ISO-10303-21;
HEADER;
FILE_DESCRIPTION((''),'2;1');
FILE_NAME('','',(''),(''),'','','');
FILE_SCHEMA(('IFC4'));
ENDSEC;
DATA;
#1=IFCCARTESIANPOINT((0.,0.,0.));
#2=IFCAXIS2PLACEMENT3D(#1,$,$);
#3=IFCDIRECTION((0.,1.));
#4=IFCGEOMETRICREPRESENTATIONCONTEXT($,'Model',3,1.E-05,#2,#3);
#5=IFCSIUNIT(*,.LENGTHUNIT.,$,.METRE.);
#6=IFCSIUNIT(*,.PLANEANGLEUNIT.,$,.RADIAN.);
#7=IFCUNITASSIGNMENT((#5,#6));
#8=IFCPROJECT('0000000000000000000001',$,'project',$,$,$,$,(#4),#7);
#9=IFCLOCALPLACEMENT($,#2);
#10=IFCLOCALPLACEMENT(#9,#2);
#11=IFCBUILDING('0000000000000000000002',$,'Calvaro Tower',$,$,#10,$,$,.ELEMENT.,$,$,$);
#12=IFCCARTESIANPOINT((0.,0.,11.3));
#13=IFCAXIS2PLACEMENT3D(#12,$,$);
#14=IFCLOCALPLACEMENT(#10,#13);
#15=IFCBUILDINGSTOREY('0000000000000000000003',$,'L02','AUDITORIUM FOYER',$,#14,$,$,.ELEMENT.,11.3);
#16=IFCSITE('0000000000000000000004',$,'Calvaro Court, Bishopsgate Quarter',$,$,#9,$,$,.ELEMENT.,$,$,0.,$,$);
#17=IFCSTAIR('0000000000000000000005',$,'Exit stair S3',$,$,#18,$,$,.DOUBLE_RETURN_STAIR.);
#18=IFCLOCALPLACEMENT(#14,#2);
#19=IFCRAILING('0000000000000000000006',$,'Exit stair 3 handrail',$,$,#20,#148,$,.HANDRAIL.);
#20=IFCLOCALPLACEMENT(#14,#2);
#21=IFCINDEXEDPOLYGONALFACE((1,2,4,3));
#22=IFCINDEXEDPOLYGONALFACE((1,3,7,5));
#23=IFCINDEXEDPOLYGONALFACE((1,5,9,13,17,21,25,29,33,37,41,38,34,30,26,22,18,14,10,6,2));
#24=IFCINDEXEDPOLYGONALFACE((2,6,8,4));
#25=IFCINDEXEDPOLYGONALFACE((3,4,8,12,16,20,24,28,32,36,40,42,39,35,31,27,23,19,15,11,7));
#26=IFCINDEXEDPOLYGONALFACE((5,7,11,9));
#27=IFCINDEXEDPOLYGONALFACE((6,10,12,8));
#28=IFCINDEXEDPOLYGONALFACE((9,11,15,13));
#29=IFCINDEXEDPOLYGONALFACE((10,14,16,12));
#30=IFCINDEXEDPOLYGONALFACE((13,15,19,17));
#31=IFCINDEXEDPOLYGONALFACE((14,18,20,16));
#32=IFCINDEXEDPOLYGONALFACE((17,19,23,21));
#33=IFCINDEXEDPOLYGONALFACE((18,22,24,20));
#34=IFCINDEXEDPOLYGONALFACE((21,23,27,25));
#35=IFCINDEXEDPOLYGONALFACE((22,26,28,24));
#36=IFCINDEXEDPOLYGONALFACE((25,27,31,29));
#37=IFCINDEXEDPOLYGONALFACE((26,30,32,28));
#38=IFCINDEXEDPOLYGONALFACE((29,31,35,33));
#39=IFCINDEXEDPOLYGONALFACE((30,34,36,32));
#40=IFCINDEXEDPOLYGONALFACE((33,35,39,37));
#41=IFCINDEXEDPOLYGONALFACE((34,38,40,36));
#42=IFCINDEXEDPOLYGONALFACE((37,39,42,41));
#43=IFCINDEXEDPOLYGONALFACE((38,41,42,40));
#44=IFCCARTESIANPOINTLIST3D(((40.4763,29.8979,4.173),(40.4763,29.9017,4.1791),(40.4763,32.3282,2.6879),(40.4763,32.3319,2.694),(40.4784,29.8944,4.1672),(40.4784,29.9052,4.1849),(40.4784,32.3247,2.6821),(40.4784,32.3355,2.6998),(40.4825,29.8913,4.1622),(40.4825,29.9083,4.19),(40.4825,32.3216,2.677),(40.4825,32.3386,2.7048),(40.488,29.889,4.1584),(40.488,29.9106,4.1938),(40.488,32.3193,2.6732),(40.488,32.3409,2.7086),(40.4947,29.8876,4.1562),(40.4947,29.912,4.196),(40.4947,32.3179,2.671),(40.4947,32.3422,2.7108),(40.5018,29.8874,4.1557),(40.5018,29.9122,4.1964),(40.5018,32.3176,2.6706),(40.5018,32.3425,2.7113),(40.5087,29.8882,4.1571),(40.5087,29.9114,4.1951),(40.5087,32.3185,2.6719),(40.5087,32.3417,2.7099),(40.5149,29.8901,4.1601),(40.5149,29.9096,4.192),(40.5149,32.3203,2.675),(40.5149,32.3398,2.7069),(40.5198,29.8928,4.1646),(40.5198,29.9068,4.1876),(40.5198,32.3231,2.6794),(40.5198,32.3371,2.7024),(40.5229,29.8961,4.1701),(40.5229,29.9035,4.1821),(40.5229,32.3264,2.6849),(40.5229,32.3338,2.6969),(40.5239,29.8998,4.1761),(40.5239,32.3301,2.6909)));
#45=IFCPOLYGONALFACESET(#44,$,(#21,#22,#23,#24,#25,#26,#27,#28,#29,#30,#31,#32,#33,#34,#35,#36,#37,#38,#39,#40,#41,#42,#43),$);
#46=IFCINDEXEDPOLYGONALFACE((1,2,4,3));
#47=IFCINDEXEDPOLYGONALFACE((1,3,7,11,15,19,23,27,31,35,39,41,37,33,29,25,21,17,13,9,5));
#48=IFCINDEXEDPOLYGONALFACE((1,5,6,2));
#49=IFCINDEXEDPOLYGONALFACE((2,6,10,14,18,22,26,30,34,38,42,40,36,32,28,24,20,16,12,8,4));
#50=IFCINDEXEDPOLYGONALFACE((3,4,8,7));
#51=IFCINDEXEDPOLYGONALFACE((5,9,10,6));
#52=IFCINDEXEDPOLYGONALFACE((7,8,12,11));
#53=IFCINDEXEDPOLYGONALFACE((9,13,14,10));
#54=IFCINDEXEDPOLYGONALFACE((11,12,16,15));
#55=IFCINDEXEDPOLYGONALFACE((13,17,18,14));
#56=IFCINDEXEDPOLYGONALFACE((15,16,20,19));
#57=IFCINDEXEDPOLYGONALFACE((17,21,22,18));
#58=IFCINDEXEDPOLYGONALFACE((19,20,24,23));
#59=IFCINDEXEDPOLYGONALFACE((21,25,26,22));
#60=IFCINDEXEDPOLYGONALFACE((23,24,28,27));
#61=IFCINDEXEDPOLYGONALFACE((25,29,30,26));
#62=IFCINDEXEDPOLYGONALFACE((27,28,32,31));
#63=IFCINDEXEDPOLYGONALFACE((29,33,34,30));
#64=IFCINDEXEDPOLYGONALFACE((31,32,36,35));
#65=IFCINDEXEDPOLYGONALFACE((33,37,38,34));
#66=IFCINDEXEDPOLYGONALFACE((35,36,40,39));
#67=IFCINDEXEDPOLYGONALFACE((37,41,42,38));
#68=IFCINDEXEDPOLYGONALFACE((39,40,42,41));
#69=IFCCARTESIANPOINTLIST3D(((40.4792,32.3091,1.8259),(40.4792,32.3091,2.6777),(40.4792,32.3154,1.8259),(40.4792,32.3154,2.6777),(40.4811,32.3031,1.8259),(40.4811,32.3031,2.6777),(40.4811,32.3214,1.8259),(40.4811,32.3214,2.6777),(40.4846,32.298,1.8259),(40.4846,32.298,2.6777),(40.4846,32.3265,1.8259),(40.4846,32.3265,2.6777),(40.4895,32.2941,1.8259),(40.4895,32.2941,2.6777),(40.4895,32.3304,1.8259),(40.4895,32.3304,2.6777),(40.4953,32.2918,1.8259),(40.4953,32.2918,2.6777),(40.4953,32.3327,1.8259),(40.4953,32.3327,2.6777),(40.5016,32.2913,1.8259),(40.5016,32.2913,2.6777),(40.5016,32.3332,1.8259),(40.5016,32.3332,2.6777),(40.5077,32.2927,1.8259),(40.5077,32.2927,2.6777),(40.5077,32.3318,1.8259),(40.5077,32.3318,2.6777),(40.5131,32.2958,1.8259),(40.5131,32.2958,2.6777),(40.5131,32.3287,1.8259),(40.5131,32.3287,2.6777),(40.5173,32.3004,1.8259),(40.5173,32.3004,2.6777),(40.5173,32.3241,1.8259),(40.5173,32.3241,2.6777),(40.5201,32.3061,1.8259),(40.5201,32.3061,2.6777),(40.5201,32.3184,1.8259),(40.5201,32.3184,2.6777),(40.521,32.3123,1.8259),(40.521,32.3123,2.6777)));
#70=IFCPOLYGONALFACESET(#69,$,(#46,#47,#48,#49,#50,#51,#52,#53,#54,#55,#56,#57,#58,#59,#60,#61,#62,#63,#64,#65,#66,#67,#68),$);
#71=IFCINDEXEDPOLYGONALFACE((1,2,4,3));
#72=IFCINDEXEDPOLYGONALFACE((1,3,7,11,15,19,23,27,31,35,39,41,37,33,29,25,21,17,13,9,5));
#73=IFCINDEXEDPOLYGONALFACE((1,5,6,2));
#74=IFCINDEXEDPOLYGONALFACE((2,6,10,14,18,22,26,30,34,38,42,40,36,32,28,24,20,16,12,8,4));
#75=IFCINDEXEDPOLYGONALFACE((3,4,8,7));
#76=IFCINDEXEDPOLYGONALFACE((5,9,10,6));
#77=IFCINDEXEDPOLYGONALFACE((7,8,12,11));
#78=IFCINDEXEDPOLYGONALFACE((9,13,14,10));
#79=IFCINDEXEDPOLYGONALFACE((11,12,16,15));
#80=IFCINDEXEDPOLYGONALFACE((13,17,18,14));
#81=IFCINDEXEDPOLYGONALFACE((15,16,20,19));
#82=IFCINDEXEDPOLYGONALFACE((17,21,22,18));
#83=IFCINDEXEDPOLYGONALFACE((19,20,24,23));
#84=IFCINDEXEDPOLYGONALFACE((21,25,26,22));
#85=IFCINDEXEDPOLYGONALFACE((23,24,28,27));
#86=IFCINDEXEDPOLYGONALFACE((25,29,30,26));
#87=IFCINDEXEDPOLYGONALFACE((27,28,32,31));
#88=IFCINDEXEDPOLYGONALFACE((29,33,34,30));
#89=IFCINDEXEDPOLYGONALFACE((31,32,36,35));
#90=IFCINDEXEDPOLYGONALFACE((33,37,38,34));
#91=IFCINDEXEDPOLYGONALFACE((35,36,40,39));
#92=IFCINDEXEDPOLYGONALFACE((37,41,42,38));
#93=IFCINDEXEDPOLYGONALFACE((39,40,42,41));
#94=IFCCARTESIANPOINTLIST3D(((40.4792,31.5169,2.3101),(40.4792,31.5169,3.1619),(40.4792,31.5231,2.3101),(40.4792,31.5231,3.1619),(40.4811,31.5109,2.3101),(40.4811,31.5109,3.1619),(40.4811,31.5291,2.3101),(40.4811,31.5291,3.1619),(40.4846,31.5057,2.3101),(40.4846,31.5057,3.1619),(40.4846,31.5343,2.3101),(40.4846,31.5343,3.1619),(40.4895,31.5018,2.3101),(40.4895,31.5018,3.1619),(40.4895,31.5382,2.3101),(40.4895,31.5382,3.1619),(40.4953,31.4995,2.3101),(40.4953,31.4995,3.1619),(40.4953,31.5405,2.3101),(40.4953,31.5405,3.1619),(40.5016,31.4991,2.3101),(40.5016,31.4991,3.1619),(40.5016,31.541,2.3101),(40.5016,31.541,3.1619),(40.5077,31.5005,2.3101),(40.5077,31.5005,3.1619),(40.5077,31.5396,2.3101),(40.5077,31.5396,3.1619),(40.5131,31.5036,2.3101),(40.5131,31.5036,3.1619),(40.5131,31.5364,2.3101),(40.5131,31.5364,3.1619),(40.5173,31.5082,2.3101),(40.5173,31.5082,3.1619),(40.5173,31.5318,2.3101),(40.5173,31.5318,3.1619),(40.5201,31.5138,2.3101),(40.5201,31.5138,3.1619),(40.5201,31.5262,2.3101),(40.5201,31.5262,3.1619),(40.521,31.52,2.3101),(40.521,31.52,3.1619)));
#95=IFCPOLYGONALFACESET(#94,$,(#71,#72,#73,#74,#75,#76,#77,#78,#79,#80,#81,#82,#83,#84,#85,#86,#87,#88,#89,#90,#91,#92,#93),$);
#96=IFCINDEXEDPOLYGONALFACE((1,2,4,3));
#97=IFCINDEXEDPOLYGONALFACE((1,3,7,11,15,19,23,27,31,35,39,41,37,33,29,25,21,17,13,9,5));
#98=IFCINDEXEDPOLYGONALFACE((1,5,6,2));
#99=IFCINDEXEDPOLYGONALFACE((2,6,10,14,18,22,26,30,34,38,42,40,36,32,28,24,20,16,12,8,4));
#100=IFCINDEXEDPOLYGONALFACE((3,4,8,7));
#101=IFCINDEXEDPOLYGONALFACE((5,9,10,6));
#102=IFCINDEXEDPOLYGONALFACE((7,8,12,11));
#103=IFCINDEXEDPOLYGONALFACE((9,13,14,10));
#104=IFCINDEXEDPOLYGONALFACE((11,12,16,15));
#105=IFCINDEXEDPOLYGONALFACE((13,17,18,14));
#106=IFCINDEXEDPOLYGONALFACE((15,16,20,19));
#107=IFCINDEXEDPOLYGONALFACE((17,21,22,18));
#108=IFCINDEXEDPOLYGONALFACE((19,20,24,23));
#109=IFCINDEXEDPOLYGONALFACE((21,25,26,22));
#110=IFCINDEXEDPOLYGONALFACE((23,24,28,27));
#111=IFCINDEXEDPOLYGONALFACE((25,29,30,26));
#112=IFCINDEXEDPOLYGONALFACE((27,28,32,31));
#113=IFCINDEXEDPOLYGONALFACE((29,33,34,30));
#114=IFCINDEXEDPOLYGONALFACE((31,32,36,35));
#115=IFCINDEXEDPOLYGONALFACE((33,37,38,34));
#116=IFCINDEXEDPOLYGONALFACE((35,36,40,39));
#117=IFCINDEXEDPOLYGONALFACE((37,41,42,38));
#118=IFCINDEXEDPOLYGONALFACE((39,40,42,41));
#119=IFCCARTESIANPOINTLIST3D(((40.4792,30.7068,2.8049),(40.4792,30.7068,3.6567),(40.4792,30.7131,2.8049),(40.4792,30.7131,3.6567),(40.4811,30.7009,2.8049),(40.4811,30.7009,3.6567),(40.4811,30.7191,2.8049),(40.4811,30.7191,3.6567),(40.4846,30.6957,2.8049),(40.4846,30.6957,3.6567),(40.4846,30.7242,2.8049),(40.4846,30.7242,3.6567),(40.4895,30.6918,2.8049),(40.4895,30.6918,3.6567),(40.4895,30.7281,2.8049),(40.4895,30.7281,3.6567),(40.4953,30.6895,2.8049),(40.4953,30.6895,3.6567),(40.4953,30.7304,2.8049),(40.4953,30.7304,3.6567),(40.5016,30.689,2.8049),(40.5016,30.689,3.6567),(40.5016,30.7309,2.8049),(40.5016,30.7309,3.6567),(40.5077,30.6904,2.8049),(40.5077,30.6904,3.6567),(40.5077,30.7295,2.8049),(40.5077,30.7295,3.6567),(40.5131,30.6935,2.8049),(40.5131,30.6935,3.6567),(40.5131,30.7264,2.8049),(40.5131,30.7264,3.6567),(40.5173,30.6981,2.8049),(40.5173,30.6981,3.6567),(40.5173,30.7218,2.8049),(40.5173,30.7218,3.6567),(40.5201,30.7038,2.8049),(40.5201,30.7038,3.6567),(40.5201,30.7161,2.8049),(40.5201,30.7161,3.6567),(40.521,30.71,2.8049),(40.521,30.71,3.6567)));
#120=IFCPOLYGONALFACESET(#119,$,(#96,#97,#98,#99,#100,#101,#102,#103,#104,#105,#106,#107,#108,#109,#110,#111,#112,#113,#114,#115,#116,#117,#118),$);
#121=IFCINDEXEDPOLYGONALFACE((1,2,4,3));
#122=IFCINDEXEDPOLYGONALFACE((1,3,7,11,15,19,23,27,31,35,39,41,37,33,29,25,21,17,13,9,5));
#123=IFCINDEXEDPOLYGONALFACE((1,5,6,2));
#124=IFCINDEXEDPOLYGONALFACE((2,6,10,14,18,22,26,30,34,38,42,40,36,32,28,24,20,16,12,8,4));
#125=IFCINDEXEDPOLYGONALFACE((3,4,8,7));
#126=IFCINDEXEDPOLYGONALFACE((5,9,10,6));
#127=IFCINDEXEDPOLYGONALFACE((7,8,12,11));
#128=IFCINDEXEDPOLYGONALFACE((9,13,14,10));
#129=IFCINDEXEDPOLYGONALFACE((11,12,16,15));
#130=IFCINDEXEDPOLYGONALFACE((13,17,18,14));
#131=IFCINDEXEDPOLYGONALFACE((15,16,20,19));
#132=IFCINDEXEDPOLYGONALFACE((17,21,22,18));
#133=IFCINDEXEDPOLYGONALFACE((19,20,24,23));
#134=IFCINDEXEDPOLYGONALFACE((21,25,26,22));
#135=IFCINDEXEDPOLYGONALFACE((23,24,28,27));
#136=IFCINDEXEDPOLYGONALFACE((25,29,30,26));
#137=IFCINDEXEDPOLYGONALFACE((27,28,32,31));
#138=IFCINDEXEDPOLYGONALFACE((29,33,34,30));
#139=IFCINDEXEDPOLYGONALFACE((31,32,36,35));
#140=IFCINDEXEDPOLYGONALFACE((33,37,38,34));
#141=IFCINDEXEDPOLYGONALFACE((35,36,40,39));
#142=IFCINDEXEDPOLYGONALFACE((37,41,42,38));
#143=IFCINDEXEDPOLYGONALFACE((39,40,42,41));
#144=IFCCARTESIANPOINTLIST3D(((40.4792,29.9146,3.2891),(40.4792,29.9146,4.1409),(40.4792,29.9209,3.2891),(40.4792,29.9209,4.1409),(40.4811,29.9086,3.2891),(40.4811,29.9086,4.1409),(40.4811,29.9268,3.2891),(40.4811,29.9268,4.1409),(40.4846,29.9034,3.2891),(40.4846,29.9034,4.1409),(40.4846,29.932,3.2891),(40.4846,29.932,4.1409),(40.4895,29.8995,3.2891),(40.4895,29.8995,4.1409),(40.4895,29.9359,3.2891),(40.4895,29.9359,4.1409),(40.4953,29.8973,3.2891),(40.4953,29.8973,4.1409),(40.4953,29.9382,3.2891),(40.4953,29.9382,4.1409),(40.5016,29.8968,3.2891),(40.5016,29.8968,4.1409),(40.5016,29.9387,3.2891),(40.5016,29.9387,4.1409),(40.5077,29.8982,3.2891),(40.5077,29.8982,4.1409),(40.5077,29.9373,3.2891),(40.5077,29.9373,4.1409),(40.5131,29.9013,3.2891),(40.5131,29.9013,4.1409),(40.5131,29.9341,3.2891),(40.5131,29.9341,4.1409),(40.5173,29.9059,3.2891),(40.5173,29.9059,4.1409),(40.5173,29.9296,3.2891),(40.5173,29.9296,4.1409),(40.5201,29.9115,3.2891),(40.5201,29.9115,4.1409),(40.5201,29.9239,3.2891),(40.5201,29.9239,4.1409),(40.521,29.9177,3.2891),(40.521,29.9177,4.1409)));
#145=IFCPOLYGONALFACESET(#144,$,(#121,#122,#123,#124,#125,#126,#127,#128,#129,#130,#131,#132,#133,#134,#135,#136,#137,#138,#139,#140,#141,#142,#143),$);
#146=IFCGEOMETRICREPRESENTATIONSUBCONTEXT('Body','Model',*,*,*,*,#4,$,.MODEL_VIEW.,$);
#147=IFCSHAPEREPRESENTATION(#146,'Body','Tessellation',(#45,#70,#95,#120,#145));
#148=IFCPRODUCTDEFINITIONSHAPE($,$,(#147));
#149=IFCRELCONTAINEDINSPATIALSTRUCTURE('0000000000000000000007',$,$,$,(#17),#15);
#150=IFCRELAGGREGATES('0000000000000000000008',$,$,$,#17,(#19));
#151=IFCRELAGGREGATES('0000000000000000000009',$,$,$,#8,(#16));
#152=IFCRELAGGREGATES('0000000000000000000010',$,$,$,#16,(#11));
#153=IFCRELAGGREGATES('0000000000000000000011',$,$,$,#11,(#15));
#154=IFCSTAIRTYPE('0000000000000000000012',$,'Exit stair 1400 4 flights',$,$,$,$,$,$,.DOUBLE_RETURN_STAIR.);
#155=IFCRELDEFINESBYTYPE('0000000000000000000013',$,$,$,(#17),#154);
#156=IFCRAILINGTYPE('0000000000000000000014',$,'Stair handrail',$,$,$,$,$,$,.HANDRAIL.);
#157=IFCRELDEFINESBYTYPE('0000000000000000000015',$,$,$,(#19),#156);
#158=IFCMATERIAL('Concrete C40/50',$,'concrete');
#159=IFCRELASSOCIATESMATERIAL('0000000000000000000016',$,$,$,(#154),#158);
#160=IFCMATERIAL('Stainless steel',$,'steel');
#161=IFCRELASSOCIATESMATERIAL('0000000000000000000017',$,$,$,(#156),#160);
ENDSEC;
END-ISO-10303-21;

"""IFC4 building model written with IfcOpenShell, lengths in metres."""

from ifc_helpers import new_model, si_unit, direction, frame, origin, origin_2d, place, context, subcontext, project, spatial, circle, extrude, material, type_object, element, aggregate, save


model = new_model("IFC4")

# Units and contexts
model_context = context("Model", 3, precision=1e-05, world=origin(), true_north=direction((0.0, 1.0)))
body_context = subcontext(model_context, "Body", "Model", "MODEL_VIEW")
ifc_project = project(units=[si_unit("LENGTHUNIT", "METRE"), si_unit("PLANEANGLEUNIT", "RADIAN")], contexts=[model_context])

# Site, building, storey
site_placement = place(None, origin())
site = spatial("IfcSite", under=ifc_project, at=site_placement, Name="Calvaro Court, Bishopsgate Quarter", CompositionType="ELEMENT", RefElevation=0.0)
building_placement = place(site_placement, origin())
building = spatial("IfcBuilding", under=site, at=building_placement, Name="Calvaro Tower", CompositionType="ELEMENT")
storey_placement = place(building_placement, frame((0.0, 0.0, 11.3)))
storey = spatial("IfcBuildingStorey", under=building, at=storey_placement, Name="L02", Description="AUDITORIUM FOYER", CompositionType="ELEMENT", Elevation=11.3)

# Stair, railing
ifc_material_1 = material(Name="Concrete C40/50", Category="concrete")
stair_type = type_object("IfcStairType", Name="Exit stair 1400 4 flights", PredefinedType="DOUBLE_RETURN_STAIR", material=ifc_material_1)
stair_placement = place(storey_placement, origin())
stair = element("IfcStair", 1, at=stair_placement, inside=storey, type_object=stair_type, Name="Exit stair S3", PredefinedType="DOUBLE_RETURN_STAIR")
ifc_material_2 = material(Name="Stainless steel", Category="steel")
railing_type = type_object("IfcRailingType", Name="Stair handrail", PredefinedType="HANDRAIL", material=ifc_material_2)
railing_1_placement = place(storey_placement, frame((40.5, 32.3301, 1.8149)))
railing_1 = element("IfcRailing", 2, at=railing_1_placement, type_object=railing_type, Name="Exit stair 3 handrail", PredefinedType="HANDRAIL", context=body_context, shape_type="SweptSolid", body=[
    extrude(circle(Radius=0.0239, at=origin_2d()), frame((0.0, 0.0, 0.876), z_axis=(0.0, -0.853282, 0.52145), x_axis=(1.0, 0.0, 0.0)), (0.0, 0.0, 1.0), 2.8481),
    extrude(circle(Radius=0.021, at=origin_2d()), frame((0.0, -0.0178, 0.011)), (0.0, 0.0, 1.0), 0.8518),
    extrude(circle(Radius=0.021, at=origin_2d()), frame((0.0, -0.8101, 0.4951)), (0.0, 0.0, 1.0), 0.8518),
    extrude(circle(Radius=0.021, at=origin_2d()), frame((0.0, -1.6201, 0.99)), (0.0, 0.0, 1.0), 0.8518),
    extrude(circle(Radius=0.021, at=origin_2d()), frame((0.0, -2.4124, 1.4741)), (0.0, 0.0, 1.0), 0.8518),
])
aggregate(stair, [railing_1])

save(model, "model.ifc")
